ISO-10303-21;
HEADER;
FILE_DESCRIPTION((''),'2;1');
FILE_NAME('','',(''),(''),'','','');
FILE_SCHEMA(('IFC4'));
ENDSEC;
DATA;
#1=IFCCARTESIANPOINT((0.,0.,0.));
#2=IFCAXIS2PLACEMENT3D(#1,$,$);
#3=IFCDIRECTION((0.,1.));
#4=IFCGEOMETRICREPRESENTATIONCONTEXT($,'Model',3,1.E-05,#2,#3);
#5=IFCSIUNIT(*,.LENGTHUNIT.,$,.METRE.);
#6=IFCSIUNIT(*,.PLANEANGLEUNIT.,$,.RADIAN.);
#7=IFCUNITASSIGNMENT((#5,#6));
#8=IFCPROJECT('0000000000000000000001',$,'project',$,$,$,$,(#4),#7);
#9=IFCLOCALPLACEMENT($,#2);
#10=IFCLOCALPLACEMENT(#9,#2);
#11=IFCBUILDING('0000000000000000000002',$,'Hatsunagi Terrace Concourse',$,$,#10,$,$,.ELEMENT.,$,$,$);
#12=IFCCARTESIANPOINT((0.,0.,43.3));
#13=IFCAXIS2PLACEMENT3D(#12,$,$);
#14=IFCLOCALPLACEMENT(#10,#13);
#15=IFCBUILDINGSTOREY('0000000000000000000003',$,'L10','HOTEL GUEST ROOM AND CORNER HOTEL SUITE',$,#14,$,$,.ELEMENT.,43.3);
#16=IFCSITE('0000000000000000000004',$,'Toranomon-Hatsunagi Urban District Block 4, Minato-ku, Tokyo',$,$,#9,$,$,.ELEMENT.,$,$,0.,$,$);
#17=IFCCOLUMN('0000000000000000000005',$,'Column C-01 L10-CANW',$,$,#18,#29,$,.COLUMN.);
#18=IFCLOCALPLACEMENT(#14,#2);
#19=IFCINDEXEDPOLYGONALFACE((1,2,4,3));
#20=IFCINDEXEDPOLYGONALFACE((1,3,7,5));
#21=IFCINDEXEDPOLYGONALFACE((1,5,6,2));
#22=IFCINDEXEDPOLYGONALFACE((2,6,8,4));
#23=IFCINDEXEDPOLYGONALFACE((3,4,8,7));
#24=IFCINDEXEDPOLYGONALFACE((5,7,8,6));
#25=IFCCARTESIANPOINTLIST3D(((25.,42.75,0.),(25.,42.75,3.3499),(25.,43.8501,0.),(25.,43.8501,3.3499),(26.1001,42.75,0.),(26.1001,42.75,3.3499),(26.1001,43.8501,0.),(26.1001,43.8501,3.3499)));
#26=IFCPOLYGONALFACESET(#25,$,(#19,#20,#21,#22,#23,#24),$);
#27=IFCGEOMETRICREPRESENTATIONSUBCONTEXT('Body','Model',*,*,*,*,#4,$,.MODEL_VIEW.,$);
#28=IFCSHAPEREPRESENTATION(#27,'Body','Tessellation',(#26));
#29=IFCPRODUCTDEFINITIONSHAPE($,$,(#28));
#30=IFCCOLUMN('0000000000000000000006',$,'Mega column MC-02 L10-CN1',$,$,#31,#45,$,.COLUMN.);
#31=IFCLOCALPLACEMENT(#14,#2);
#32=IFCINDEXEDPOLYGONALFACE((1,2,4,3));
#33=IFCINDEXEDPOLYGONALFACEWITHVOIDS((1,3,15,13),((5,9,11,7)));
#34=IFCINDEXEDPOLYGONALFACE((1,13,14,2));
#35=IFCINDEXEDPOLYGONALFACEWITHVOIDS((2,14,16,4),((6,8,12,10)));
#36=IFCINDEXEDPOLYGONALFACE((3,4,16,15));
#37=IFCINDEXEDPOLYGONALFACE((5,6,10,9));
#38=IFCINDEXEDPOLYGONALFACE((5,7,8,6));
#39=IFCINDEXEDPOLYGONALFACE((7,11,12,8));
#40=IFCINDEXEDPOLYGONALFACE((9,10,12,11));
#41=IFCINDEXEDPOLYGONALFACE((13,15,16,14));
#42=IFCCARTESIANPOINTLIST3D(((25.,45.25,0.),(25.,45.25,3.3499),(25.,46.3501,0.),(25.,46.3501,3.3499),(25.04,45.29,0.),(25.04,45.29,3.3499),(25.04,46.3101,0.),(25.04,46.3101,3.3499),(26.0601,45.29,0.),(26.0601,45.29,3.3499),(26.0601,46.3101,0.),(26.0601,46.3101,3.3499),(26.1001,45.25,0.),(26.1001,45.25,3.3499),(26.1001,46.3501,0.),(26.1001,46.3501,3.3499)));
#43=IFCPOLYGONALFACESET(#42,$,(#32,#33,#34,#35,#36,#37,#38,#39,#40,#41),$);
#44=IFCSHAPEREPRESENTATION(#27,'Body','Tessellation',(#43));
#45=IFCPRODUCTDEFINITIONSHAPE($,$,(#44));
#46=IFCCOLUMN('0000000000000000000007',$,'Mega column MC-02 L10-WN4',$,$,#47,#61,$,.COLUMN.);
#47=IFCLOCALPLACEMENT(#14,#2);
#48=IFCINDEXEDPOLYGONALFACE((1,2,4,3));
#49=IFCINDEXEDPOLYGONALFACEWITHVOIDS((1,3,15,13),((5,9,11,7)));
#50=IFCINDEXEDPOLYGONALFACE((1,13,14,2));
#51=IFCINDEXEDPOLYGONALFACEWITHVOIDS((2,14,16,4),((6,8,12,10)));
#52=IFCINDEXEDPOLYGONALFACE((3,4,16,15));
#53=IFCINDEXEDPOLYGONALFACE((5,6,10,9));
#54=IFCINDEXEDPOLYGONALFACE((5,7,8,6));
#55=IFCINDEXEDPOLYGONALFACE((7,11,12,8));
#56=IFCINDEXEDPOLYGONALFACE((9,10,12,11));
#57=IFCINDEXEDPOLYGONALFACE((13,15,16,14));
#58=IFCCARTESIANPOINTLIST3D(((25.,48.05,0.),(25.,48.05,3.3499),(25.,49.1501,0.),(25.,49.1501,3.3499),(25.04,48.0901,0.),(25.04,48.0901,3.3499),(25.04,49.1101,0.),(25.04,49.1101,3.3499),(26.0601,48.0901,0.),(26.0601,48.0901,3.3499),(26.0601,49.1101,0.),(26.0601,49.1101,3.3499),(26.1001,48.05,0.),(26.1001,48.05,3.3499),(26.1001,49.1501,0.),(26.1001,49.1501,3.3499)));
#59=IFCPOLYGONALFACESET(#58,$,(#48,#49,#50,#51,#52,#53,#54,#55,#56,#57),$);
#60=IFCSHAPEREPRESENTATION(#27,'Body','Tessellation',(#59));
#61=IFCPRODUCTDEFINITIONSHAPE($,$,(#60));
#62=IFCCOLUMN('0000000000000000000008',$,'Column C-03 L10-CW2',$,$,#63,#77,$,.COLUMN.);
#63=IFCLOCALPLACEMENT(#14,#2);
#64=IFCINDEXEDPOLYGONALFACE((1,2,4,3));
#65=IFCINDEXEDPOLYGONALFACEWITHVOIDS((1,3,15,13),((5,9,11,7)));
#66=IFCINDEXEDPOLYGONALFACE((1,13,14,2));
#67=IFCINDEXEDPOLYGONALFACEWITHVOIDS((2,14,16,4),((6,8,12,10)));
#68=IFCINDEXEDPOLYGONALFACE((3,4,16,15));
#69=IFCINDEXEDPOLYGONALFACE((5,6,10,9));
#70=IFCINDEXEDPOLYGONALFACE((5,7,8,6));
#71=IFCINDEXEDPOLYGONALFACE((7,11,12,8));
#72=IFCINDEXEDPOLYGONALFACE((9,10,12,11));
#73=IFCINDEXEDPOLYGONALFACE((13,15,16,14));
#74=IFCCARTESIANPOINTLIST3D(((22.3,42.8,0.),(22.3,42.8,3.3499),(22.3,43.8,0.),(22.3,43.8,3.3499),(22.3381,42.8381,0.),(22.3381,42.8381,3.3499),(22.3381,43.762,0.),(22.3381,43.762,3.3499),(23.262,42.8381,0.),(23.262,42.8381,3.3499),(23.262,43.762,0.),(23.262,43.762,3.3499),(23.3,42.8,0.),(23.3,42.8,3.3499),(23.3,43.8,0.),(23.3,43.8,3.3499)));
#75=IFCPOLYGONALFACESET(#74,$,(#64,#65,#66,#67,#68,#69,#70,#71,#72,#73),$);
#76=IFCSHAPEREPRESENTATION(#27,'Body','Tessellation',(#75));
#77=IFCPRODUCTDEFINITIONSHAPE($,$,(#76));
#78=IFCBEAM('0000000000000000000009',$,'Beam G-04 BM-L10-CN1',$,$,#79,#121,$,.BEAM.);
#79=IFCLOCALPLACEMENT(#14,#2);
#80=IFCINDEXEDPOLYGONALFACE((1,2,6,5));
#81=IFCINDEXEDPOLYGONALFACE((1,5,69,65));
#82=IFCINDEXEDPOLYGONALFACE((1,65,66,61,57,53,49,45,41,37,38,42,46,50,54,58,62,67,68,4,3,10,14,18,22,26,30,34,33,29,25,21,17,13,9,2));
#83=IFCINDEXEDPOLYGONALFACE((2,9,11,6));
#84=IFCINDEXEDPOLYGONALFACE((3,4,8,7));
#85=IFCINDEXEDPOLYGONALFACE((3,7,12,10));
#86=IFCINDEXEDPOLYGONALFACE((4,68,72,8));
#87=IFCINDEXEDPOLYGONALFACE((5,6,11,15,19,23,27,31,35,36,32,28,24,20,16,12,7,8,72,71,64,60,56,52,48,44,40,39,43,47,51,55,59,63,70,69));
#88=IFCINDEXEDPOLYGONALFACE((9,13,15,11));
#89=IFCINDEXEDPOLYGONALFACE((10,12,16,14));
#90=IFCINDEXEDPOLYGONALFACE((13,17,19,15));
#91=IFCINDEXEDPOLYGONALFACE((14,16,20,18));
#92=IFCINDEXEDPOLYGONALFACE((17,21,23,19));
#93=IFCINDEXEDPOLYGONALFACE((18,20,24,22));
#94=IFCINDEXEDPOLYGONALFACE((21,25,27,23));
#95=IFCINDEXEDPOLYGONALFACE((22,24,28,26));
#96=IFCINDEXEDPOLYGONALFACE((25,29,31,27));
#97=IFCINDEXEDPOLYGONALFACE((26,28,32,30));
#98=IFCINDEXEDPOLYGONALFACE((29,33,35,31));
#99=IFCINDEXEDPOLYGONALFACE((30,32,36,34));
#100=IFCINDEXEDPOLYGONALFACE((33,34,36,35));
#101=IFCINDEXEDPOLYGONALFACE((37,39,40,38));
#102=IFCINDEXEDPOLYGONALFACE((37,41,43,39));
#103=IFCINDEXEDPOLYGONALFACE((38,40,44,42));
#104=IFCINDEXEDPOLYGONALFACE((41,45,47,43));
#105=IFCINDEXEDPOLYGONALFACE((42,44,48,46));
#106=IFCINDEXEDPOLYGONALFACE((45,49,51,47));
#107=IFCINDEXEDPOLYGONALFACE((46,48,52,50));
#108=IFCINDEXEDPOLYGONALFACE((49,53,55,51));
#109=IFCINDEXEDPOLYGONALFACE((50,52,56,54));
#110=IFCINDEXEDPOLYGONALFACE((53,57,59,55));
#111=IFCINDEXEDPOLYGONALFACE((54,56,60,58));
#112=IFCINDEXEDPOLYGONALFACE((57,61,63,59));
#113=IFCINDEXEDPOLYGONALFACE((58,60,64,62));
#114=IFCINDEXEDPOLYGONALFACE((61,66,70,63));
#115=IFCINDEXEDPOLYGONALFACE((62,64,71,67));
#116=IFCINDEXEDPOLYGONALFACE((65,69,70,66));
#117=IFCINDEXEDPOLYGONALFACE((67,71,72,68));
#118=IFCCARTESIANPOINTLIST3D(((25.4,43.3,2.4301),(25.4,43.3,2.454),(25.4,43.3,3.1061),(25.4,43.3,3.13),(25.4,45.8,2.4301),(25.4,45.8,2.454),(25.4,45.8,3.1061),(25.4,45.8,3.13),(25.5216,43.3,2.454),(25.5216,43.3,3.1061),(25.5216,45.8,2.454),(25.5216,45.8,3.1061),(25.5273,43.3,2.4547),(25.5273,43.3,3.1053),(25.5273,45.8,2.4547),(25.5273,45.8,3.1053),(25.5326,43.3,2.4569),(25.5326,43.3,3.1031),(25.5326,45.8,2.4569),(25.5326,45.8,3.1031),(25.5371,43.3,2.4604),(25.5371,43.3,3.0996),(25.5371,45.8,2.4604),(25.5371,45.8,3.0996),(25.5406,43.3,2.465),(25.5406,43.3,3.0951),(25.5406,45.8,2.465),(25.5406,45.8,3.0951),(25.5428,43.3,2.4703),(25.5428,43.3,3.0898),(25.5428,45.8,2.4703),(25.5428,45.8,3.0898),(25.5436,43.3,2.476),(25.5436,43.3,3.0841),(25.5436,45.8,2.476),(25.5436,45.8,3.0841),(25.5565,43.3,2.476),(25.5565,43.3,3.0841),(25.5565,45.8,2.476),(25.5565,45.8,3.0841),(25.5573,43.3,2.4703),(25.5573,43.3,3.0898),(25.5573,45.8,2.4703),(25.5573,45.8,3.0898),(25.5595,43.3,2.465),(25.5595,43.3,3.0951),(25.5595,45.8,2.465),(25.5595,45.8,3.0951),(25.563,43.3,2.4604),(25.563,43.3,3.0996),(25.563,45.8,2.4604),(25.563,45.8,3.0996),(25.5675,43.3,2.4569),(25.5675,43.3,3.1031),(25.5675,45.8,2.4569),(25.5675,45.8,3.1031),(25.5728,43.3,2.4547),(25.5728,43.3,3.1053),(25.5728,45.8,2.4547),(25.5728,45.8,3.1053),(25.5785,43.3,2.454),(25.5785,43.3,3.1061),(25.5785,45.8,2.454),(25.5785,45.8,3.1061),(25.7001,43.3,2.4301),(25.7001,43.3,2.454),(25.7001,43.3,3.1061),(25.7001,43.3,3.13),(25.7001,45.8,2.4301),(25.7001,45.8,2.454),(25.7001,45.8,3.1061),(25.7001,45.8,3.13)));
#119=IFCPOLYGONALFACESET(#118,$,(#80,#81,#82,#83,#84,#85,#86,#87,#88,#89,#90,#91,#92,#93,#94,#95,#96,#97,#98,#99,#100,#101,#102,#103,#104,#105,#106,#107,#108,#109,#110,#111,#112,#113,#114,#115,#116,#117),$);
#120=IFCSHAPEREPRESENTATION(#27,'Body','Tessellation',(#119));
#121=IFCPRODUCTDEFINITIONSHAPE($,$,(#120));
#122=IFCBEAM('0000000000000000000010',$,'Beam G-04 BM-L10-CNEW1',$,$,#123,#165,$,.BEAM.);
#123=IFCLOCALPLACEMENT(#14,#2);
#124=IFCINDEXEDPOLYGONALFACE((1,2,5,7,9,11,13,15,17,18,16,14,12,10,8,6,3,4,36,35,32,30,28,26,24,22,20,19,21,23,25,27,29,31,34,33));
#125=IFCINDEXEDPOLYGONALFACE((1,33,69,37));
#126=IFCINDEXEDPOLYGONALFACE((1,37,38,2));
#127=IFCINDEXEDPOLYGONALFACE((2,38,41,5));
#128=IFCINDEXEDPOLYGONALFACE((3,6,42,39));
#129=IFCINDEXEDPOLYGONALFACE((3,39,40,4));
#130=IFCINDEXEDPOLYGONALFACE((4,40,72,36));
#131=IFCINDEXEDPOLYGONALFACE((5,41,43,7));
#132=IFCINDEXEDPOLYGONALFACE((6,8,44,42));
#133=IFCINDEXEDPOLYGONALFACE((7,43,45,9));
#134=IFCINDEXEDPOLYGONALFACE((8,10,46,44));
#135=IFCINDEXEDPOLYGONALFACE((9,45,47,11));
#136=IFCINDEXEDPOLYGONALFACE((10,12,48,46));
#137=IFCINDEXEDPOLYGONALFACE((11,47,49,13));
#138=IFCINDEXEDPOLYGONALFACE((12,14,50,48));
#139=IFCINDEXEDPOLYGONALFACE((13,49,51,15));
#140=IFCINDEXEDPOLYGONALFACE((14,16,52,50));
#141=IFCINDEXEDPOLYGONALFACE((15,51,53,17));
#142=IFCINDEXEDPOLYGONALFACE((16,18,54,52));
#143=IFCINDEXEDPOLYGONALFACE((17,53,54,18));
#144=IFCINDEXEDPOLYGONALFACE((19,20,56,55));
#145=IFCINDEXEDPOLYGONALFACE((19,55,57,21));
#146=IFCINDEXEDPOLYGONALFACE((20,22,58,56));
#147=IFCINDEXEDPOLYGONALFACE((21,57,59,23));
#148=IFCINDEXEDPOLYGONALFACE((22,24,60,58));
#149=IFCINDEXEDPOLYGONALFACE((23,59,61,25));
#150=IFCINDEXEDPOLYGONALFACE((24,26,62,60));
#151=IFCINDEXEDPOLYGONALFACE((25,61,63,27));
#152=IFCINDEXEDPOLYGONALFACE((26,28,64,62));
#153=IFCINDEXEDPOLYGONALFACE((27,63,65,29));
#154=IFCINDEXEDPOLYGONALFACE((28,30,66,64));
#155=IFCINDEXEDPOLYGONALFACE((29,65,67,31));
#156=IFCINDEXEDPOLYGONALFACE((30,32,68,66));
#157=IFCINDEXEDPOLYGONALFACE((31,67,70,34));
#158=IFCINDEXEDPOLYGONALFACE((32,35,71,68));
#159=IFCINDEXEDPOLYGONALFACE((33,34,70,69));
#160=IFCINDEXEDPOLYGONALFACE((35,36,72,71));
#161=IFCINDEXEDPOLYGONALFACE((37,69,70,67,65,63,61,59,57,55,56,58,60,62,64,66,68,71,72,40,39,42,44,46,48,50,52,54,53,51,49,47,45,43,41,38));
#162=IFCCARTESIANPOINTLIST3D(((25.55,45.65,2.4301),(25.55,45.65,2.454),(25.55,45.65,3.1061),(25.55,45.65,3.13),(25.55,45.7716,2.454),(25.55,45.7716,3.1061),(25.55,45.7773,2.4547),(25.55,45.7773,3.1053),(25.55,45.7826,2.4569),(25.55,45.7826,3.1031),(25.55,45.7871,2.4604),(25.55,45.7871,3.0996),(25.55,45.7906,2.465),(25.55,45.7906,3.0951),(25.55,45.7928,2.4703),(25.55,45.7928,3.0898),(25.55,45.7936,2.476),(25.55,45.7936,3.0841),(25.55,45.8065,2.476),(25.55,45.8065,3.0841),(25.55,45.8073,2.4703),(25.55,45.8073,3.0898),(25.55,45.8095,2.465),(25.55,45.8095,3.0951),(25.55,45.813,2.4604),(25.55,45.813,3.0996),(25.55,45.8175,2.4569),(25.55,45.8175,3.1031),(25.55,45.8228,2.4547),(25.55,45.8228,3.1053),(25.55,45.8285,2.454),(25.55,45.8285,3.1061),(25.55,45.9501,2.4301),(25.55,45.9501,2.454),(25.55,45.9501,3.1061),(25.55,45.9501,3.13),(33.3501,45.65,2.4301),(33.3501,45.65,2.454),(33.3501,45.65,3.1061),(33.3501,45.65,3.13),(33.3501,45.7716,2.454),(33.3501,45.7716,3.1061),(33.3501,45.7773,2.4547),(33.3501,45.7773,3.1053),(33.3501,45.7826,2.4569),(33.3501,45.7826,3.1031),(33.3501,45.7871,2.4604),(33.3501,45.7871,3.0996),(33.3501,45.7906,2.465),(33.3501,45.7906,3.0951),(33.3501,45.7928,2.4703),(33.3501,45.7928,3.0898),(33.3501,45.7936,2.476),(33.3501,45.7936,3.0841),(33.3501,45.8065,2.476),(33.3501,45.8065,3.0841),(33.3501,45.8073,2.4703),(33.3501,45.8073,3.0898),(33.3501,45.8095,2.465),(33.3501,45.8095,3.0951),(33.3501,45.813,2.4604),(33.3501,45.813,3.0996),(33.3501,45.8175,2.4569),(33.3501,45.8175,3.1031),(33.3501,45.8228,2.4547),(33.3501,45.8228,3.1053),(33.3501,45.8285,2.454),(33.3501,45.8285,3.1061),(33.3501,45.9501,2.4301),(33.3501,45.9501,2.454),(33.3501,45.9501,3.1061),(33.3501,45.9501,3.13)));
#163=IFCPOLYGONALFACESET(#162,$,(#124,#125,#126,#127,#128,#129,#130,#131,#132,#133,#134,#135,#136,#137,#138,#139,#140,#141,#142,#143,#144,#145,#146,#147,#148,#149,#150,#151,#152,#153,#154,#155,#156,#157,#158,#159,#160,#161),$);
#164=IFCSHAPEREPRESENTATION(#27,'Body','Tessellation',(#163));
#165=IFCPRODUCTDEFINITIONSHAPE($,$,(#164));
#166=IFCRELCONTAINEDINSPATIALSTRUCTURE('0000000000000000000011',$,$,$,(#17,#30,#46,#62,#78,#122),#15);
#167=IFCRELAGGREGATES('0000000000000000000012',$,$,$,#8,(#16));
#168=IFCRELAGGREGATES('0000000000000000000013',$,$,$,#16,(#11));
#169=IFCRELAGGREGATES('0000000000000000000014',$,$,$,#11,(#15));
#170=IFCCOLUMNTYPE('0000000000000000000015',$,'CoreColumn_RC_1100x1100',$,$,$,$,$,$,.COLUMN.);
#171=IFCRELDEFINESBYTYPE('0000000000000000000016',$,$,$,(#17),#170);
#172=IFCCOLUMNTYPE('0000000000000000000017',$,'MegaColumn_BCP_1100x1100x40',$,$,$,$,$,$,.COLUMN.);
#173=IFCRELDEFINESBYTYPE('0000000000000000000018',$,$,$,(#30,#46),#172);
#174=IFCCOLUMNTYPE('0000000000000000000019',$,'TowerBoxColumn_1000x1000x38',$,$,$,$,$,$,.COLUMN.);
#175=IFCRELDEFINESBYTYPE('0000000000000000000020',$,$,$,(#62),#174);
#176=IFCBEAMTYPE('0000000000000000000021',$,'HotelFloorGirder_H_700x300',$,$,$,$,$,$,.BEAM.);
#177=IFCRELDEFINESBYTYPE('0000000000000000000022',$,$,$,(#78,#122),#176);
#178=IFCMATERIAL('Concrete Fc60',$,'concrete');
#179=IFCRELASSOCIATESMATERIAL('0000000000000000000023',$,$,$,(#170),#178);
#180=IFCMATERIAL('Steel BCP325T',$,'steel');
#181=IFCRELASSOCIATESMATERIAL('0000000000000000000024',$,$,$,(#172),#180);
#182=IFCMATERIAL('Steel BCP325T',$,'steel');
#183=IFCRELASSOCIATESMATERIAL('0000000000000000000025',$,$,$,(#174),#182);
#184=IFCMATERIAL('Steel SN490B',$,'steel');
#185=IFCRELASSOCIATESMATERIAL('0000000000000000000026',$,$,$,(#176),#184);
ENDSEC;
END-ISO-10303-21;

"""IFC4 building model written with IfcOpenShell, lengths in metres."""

from ifc_helpers import new_model, si_unit, direction, frame, origin, origin_2d, place, context, subcontext, project, spatial, rectangle, hollow_rectangle, i_section, extrude, material, material_profile, profile_set, type_object, element, save


model = new_model("IFC4")

# Units and contexts
model_context = context("Model", 3, precision=1e-05, world=origin(), true_north=direction((0.0, 1.0)))
body_context = subcontext(model_context, "Body", "Model", "MODEL_VIEW")
ifc_project = project(units=[si_unit("LENGTHUNIT", "METRE"), si_unit("PLANEANGLEUNIT", "RADIAN")], contexts=[model_context])

# Site, building, storey
site_placement = place(None, origin())
site = spatial("IfcSite", under=ifc_project, at=site_placement, Name="Toranomon-Hatsunagi Urban District Block 4, Minato-ku, Tokyo", CompositionType="ELEMENT", RefElevation=0.0)
building_placement = place(site_placement, origin())
building = spatial("IfcBuilding", under=site, at=building_placement, Name="Hatsunagi Terrace Concourse", CompositionType="ELEMENT")
storey_placement = place(building_placement, frame((0.0, 0.0, 43.3)))
storey = spatial("IfcBuildingStorey", under=building, at=storey_placement, Name="L10", Description="HOTEL GUEST ROOM AND CORNER HOTEL SUITE", CompositionType="ELEMENT", Elevation=43.3)

# Columns
ifc_material_1 = material(Name="Concrete Fc60", Category="concrete")
ifc_material_profile_1 = material_profile(ifc_material_1, rectangle(XDim=1.1001, YDim=1.1001, at=origin_2d()), Name="RC-1100x1100")
ifc_profile_set_1 = profile_set([ifc_material_profile_1], Name="Concrete Fc60")
column_type_1 = type_object("IfcColumnType", Name="CoreColumn_RC_1100x1100", PredefinedType="COLUMN", material=ifc_profile_set_1)
column_1_placement = place(storey_placement, frame((25.55, 43.3, 0.0), z_axis=(0.0, 0.0, 1.0), x_axis=(1.0, 0.0, 0.0)))
element("IfcColumn", 1, at=column_1_placement, inside=storey, type_object=column_type_1, Name="Column C-01 L10-CANW", PredefinedType="COLUMN", context=body_context, shape_type="SweptSolid", body=[
    extrude(rectangle(XDim=1.1001, YDim=1.1001, at=origin_2d()), origin(), (0.0, 0.0, 1.0), 3.3499),
])
ifc_material_2 = material(Name="Steel BCP325T", Category="steel")
ifc_material_profile_2 = material_profile(ifc_material_2, hollow_rectangle(XDim=1.1001, YDim=1.1001, WallThickness=0.04, at=origin_2d()), Name="BCP-1100x1100x40")
ifc_profile_set_2 = profile_set([ifc_material_profile_2], Name="Steel BCP325T")
column_type_2 = type_object("IfcColumnType", Name="MegaColumn_BCP_1100x1100x40", PredefinedType="COLUMN", material=ifc_profile_set_2)
for number, where, z_axis, x_axis, name in (
    (2, (25.55, 45.8, 0.0), (0.0, 0.0, 1.0), (1.0, 0.0, 0.0), "Mega column MC-02 L10-CN1"),
    (3, (25.55, 48.6001, 0.0), (0.0, 0.0, 1.0), (1.0, 0.0, 0.0), "Mega column MC-02 L10-WN4"),
):
    element("IfcColumn", number, at=place(storey_placement, frame(where, z_axis=z_axis, x_axis=x_axis)), inside=storey, type_object=column_type_2, Name=name, PredefinedType="COLUMN", context=body_context, shape_type="SweptSolid", body=[
        extrude(hollow_rectangle(XDim=1.1001, YDim=1.1001, WallThickness=0.04, at=origin_2d()), origin(), (0.0, 0.0, 1.0), 3.3499),
    ])
ifc_material_3 = material(Name="Steel BCP325T", Category="steel")
ifc_material_profile_3 = material_profile(ifc_material_3, hollow_rectangle(XDim=1.0, YDim=1.0, WallThickness=0.0381, at=origin_2d()), Name="BCP-1000x1000x38")
ifc_profile_set_3 = profile_set([ifc_material_profile_3], Name="Steel BCP325T")
column_type_3 = type_object("IfcColumnType", Name="TowerBoxColumn_1000x1000x38", PredefinedType="COLUMN", material=ifc_profile_set_3)
column_2_placement = place(storey_placement, frame((22.8, 43.3, 0.0), z_axis=(0.0, 0.0, 1.0), x_axis=(1.0, 0.0, 0.0)))
element("IfcColumn", 4, at=column_2_placement, inside=storey, type_object=column_type_3, Name="Column C-03 L10-CW2", PredefinedType="COLUMN", context=body_context, shape_type="SweptSolid", body=[
    extrude(hollow_rectangle(XDim=1.0, YDim=1.0, WallThickness=0.0381, at=origin_2d()), origin(), (0.0, 0.0, 1.0), 3.3499),
])

# Beams
ifc_material_4 = material(Name="Steel SN490B", Category="steel")
ifc_material_profile_4 = material_profile(ifc_material_4, i_section(OverallWidth=0.3, OverallDepth=0.7, WebThickness=0.0129, FlangeThickness=0.0239, FilletRadius=0.022, at=origin_2d()), Name="H-700x300x13x24")
ifc_profile_set_4 = profile_set([ifc_material_profile_4], Name="Steel SN490B")
beam_type_1 = type_object("IfcBeamType", Name="HotelFloorGirder_H_700x300", PredefinedType="BEAM", material=ifc_profile_set_4)
beam_1_placement = place(storey_placement, frame((25.55, 43.3, 2.78), z_axis=(0.0, 1.0, 0.0), x_axis=(-1.0, 0.0, 0.0)))
element("IfcBeam", 5, at=beam_1_placement, inside=storey, type_object=beam_type_1, Name="Beam G-04 BM-L10-CN1", PredefinedType="BEAM", context=body_context, shape_type="SweptSolid", body=[
    extrude(i_section(OverallWidth=0.3, OverallDepth=0.7, WebThickness=0.0129, FlangeThickness=0.0239, FilletRadius=0.022, at=origin_2d()), origin(), (0.0, 0.0, 1.0), 2.5),
])
beam_2_placement = place(storey_placement, frame((25.55, 45.8, 2.78), z_axis=(1.0, 0.0, 0.0), x_axis=(0.0, 1.0, 0.0)))
element("IfcBeam", 6, at=beam_2_placement, inside=storey, type_object=beam_type_1, Name="Beam G-04 BM-L10-CNEW1", PredefinedType="BEAM", context=body_context, shape_type="SweptSolid", body=[
    extrude(i_section(OverallWidth=0.3, OverallDepth=0.7, WebThickness=0.0129, FlangeThickness=0.0239, FilletRadius=0.022, at=origin_2d()), origin(), (0.0, 0.0, 1.0), 7.8),
])

save(model, "model.ifc")
